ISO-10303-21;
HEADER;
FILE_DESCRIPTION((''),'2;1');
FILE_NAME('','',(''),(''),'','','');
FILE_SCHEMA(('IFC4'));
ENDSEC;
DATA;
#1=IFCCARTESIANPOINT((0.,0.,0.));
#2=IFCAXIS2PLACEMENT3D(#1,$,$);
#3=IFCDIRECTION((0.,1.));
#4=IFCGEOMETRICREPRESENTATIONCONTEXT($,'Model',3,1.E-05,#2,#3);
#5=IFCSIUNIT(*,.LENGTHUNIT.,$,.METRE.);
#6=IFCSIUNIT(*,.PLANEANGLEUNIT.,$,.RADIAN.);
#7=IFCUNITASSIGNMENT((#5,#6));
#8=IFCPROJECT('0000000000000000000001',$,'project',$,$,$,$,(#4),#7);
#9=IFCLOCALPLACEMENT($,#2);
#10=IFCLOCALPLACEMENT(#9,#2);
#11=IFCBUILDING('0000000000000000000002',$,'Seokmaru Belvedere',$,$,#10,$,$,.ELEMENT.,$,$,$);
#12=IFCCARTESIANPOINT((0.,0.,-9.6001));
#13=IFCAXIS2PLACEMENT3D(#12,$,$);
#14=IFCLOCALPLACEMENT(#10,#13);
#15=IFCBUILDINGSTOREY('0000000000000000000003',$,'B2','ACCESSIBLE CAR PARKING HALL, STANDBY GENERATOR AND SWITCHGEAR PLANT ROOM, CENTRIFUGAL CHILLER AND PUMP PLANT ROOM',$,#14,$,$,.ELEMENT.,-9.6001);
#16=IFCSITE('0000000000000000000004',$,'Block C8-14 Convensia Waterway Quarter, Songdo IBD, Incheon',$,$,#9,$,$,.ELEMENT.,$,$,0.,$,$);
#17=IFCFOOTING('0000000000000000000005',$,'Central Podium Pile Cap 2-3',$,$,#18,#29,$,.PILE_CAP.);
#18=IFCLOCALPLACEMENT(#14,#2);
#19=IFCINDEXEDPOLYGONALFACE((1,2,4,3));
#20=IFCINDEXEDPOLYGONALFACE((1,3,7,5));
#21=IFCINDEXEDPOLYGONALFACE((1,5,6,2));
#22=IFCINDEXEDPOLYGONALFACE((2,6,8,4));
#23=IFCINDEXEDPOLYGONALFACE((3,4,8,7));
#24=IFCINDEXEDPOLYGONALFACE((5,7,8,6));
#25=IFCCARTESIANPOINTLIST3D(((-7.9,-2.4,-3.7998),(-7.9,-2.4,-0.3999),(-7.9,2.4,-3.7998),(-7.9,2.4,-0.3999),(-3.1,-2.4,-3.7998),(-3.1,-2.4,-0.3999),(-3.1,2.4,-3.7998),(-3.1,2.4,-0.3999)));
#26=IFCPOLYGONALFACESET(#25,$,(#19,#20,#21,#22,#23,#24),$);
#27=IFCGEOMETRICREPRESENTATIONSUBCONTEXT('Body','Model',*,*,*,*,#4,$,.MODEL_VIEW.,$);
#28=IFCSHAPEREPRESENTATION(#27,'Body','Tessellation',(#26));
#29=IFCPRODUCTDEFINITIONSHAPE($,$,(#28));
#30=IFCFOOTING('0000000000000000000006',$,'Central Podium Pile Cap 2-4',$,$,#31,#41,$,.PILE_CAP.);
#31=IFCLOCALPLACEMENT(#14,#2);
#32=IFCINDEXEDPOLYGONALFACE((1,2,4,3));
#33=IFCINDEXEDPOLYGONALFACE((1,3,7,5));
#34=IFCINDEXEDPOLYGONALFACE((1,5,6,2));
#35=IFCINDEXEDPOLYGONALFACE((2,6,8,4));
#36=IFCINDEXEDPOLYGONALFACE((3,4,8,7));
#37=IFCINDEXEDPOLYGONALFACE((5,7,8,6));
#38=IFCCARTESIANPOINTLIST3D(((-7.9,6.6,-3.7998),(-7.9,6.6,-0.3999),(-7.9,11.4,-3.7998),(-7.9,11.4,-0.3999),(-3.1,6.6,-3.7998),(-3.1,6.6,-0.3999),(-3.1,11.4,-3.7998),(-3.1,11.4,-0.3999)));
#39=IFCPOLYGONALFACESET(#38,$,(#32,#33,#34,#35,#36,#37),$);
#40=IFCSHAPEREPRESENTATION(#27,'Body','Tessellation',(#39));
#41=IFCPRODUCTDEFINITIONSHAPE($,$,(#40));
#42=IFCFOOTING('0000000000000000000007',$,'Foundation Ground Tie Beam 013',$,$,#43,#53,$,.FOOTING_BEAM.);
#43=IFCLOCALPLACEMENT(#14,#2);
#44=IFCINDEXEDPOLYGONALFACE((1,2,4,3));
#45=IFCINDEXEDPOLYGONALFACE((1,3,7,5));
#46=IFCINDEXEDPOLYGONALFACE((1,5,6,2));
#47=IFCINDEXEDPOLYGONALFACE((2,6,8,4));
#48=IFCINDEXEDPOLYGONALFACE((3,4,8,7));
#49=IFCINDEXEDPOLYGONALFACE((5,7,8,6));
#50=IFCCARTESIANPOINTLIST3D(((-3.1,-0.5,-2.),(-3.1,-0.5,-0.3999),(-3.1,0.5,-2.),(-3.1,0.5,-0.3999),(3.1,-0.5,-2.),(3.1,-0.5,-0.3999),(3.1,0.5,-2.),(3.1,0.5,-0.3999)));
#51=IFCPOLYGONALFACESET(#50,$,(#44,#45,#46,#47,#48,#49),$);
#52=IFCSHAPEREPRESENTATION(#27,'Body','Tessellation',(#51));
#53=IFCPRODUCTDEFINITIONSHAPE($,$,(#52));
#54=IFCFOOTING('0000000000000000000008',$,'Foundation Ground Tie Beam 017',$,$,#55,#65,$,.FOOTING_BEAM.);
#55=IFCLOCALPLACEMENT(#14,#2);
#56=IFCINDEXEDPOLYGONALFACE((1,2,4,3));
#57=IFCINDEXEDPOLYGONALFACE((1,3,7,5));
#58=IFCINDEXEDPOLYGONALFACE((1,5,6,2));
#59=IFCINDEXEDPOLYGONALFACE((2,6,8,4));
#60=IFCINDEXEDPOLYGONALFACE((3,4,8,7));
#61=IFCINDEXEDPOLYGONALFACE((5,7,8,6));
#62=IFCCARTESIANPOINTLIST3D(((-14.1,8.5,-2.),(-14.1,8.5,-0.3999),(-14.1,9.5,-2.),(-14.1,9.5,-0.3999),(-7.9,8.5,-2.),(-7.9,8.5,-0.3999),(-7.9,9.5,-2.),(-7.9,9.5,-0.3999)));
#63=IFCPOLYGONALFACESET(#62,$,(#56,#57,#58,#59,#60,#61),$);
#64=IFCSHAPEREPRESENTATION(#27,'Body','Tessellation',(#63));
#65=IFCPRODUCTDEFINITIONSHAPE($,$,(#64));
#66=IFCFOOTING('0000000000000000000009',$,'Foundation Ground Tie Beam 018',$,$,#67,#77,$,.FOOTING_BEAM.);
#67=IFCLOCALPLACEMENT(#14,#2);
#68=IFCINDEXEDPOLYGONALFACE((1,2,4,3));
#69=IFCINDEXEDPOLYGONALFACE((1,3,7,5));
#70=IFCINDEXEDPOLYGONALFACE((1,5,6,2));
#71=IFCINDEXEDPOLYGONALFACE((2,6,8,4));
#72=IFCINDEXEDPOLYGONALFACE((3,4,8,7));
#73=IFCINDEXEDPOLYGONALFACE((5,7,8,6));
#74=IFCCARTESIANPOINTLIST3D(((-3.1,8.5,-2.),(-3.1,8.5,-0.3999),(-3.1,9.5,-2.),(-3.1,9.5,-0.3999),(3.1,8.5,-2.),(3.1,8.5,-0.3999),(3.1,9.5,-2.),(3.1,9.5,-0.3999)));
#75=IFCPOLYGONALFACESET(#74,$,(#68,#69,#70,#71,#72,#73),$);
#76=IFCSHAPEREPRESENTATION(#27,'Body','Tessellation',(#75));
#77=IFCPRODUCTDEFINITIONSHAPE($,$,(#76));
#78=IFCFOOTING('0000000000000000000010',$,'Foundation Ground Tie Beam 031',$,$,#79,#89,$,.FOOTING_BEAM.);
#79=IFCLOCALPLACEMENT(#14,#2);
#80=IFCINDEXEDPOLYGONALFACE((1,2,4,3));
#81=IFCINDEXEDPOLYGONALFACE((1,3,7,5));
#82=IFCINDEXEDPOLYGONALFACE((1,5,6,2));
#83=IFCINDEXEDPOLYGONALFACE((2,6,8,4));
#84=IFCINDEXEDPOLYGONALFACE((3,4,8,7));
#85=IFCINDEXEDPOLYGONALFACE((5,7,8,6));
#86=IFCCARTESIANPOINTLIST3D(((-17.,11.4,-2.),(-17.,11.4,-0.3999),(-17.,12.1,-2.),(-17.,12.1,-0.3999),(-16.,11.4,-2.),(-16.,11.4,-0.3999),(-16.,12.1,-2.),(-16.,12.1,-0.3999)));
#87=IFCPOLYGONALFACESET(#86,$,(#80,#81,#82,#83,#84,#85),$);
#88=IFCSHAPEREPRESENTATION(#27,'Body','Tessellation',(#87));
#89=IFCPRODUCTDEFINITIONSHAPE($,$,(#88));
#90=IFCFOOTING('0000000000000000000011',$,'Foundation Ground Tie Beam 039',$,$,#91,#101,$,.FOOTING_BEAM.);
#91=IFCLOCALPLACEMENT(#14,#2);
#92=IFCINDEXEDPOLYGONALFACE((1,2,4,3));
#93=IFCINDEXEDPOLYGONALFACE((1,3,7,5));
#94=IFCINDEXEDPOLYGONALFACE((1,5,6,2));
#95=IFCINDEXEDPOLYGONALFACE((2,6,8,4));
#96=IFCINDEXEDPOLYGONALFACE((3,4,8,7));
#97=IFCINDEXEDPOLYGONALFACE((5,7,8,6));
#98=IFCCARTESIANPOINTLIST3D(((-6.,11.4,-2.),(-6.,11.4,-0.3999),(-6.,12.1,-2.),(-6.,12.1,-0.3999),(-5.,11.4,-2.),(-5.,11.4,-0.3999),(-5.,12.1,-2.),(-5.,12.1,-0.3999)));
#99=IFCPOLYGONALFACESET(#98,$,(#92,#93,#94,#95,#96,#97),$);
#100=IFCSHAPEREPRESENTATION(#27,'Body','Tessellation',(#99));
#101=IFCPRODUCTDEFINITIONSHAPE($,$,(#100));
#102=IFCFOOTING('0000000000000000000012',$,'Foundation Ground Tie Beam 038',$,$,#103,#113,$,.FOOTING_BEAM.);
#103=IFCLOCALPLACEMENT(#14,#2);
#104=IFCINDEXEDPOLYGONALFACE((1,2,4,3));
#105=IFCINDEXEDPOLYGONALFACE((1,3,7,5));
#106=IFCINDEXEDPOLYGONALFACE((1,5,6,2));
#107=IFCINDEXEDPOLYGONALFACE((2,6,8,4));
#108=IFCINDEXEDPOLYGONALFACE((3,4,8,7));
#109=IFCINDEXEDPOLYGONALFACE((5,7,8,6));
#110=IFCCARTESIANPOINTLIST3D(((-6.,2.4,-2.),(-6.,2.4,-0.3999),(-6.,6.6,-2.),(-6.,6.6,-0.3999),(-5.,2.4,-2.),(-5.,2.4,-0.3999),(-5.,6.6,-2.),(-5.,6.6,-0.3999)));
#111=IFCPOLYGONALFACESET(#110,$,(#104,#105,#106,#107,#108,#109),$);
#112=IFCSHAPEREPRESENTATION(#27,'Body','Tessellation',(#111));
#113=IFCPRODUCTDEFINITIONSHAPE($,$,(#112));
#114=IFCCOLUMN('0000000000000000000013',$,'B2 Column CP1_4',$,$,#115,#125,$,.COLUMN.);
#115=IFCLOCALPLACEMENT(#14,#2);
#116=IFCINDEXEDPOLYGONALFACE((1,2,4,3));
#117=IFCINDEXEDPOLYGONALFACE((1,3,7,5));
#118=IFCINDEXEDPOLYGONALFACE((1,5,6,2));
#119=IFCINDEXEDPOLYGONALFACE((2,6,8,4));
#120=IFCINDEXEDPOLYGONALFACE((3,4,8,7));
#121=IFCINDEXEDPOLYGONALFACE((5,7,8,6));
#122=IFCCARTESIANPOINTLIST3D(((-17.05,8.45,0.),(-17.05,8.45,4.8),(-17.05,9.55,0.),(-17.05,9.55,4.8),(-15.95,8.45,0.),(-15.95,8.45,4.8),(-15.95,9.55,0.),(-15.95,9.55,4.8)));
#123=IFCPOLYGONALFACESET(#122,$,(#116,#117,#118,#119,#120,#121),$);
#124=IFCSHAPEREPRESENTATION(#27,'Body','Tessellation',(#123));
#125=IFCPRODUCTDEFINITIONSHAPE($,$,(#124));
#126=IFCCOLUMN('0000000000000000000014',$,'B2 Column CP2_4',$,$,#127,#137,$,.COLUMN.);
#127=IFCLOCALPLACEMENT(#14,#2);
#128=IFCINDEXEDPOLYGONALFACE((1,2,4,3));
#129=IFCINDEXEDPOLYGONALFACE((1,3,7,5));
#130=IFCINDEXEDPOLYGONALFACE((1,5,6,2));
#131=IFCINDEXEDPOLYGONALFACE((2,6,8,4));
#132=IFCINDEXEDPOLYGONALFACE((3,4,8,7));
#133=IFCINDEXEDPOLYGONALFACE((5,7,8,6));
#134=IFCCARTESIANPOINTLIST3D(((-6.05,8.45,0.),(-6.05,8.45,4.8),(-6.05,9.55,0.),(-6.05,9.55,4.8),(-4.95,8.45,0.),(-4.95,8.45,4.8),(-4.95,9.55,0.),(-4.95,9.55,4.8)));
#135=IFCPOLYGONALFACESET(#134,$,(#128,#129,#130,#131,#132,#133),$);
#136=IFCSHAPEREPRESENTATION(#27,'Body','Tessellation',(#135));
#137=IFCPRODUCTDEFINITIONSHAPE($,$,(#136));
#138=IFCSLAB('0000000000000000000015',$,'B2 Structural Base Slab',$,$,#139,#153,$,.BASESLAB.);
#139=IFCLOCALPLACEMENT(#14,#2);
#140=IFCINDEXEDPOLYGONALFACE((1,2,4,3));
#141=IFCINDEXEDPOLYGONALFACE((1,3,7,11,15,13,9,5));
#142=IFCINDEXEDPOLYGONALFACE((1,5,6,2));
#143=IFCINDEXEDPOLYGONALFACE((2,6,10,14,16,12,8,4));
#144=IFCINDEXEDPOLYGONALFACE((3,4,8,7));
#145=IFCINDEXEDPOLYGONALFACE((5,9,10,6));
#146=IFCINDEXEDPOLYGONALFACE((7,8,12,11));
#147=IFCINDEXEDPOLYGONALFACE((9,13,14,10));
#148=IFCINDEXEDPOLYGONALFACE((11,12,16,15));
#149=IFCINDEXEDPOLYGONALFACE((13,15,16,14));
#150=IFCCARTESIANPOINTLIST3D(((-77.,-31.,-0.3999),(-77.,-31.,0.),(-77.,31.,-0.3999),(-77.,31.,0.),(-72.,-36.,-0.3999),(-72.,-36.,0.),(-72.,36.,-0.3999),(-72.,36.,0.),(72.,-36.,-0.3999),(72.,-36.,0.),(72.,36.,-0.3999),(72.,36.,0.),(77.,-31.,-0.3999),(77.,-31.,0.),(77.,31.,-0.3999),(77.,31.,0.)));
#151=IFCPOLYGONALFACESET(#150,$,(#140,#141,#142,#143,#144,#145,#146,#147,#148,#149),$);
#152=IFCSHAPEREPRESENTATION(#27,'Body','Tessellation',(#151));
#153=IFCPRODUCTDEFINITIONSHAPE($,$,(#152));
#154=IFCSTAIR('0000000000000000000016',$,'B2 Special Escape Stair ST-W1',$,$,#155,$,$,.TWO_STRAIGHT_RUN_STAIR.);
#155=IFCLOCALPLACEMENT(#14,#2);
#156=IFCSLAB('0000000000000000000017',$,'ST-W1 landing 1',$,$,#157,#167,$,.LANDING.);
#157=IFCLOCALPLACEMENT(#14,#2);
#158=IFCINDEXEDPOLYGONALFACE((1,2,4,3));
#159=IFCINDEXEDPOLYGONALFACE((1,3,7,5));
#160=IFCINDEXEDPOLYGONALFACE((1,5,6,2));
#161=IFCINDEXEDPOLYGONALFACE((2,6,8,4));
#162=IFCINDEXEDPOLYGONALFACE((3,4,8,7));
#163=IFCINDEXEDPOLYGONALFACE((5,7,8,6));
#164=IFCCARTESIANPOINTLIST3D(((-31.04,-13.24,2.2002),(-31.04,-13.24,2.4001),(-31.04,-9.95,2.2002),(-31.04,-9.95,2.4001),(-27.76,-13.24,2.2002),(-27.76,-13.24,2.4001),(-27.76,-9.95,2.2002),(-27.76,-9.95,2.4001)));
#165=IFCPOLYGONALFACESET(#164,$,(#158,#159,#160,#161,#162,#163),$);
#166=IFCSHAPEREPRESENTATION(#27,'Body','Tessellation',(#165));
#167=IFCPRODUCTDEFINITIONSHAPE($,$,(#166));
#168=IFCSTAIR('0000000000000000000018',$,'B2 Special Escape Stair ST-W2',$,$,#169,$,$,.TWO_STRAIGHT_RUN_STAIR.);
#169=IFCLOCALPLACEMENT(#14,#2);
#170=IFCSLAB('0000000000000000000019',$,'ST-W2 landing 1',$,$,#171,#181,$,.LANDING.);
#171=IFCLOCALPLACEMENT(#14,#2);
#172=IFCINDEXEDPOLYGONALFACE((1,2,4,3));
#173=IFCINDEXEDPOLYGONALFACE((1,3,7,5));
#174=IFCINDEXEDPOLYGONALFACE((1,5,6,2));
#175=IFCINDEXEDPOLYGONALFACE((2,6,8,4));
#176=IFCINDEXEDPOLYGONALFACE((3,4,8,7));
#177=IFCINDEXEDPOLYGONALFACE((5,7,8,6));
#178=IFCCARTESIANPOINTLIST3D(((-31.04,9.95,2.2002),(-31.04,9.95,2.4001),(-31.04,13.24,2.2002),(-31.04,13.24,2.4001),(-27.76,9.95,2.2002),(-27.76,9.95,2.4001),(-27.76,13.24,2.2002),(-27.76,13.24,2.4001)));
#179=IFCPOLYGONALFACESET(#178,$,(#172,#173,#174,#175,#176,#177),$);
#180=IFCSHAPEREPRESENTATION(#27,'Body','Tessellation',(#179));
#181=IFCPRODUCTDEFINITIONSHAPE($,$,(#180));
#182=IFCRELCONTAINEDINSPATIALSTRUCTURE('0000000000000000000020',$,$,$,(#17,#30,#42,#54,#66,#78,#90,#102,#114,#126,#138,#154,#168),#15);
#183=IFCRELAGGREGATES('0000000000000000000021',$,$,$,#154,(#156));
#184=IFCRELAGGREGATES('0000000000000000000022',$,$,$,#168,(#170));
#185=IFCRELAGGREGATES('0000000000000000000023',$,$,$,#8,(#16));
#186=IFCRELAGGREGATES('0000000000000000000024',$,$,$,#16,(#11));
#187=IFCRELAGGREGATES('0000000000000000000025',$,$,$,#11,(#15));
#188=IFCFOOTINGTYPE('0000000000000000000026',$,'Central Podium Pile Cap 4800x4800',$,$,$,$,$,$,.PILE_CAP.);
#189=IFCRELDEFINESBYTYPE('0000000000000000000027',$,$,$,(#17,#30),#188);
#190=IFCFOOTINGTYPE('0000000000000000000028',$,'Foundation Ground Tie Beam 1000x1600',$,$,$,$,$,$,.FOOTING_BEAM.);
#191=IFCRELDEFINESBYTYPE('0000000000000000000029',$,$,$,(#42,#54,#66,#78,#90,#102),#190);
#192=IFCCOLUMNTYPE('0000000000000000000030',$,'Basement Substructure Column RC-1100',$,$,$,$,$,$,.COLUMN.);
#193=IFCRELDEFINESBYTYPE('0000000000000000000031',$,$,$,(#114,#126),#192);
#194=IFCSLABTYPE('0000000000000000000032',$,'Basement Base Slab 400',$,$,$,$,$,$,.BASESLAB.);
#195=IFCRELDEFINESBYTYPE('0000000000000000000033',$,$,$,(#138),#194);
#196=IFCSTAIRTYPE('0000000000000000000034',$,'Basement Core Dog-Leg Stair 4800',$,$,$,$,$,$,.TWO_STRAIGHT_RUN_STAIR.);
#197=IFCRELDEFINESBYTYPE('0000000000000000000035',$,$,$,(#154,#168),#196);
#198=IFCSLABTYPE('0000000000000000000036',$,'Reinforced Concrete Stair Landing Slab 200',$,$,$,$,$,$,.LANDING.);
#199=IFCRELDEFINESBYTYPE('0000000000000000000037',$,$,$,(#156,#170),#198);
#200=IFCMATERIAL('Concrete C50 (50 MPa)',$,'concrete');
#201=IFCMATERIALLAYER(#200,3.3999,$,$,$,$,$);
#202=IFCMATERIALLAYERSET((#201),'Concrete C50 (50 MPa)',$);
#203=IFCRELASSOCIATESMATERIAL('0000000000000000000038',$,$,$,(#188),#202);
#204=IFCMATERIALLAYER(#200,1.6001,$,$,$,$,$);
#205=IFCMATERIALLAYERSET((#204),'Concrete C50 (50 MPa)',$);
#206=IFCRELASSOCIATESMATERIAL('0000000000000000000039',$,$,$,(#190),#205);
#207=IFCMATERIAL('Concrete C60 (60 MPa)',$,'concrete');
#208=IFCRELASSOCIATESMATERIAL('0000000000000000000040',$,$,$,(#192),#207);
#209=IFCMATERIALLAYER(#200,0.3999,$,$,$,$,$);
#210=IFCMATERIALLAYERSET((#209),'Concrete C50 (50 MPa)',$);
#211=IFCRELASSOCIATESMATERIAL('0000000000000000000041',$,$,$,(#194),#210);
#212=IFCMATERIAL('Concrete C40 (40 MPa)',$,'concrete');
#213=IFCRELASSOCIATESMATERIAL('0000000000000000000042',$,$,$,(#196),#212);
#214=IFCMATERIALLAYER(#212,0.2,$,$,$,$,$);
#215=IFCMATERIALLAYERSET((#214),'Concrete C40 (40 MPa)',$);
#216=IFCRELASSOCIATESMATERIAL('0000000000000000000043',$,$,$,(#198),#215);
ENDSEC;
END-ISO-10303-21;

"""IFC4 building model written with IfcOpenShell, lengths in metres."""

from ifc_helpers import new_model, si_unit, direction, frame, origin, origin_2d, place, context, subcontext, project, spatial, polyline, rectangle, outline, extrude, source, transform, mapped, material, layer, layer_set, material_profile, profile_set, type_object, type_shapes, element, aggregate, save


model = new_model("IFC4")

# Units and contexts
model_context = context("Model", 3, precision=1e-05, world=origin(), true_north=direction((0.0, 1.0)))
body_context = subcontext(model_context, "Body", "Model", "MODEL_VIEW")
ifc_project = project(units=[si_unit("LENGTHUNIT", "METRE"), si_unit("PLANEANGLEUNIT", "RADIAN")], contexts=[model_context])

# Site, building, storey
site_placement = place(None, origin())
site = spatial("IfcSite", under=ifc_project, at=site_placement, Name="Block C8-14 Convensia Waterway Quarter, Songdo IBD, Incheon", CompositionType="ELEMENT", RefElevation=0.0)
building_placement = place(site_placement, origin())
building = spatial("IfcBuilding", under=site, at=building_placement, Name="Seokmaru Belvedere", CompositionType="ELEMENT")
storey_placement = place(building_placement, frame((0.0, 0.0, -9.6001)))
storey = spatial("IfcBuildingStorey", under=building, at=storey_placement, Name="B2", Description="ACCESSIBLE CAR PARKING HALL, STANDBY GENERATOR AND SWITCHGEAR PLANT ROOM, CENTRIFUGAL CHILLER AND PUMP PLANT ROOM", CompositionType="ELEMENT", Elevation=-9.6001)

# Shared definitions
ifc_material_1 = material(Name="Concrete C50 (50 MPa)", Category="concrete")

# Footings
ifc_layer_1 = layer(ifc_material_1, 3.3999)
ifc_layer_set_1 = layer_set([ifc_layer_1], Name="Concrete C50 (50 MPa)")
footing_type_1 = type_object("IfcFootingType", Name="Central Podium Pile Cap 4800x4800", PredefinedType="PILE_CAP", material=ifc_layer_set_1)
shared_shape_1 = source(origin(), body_context, "Body", "SweptSolid", [
    extrude(rectangle(XDim=4.8, YDim=4.8, at=origin_2d()), origin(), (0.0, 0.0, 1.0), 3.3999),
])
type_shapes(footing_type_1, [shared_shape_1])
for number, where, z_axis, x_axis, name in (
    (1, (-5.5, 0.0, -3.7998), (0.0, 0.0, 1.0), (1.0, 0.0, 0.0), "Central Podium Pile Cap 2-3"),
    (2, (-5.5, 9.0, -3.7998), (0.0, 0.0, 1.0), (1.0, 0.0, 0.0), "Central Podium Pile Cap 2-4"),
):
    element("IfcFooting", number, at=place(storey_placement, frame(where, z_axis=z_axis, x_axis=x_axis)), inside=storey, type_object=footing_type_1, Name=name, PredefinedType="PILE_CAP", context=body_context, shape_type="MappedRepresentation", body=[
        mapped(shared_shape_1, transform((0.0, 0.0, 0.0), scale=1.0)),
    ])
ifc_layer_2 = layer(ifc_material_1, 1.6001)
ifc_layer_set_2 = layer_set([ifc_layer_2], Name="Concrete C50 (50 MPa)")
footing_type_2 = type_object("IfcFootingType", Name="Foundation Ground Tie Beam 1000x1600", PredefinedType="FOOTING_BEAM", material=ifc_layer_set_2)
shared_shape_2 = source(origin(), body_context, "Body", "SweptSolid", [
    extrude(rectangle(XDim=6.2, YDim=1.0, at=origin_2d()), origin(), (0.0, 0.0, 1.0), 1.6001),
])
for number, where, z_axis, x_axis, name in (
    (3, (0.0, 0.0, -2.0), (0.0, 0.0, 1.0), (1.0, 0.0, 0.0), "Foundation Ground Tie Beam 013"),
    (4, (-11.0, 9.0, -2.0), (0.0, 0.0, 1.0), (1.0, 0.0, 0.0), "Foundation Ground Tie Beam 017"),
    (5, (0.0, 9.0, -2.0), (0.0, 0.0, 1.0), (1.0, 0.0, 0.0), "Foundation Ground Tie Beam 018"),
):
    element("IfcFooting", number, at=place(storey_placement, frame(where, z_axis=z_axis, x_axis=x_axis)), inside=storey, type_object=footing_type_2, Name=name, PredefinedType="FOOTING_BEAM", context=body_context, shape_type="MappedRepresentation", body=[
        mapped(shared_shape_2, transform((0.0, 0.0, 0.0), scale=1.0)),
    ])
shared_shape_3 = source(origin(), body_context, "Body", "SweptSolid", [
    extrude(rectangle(XDim=1.0, YDim=0.7, at=origin_2d()), origin(), (0.0, 0.0, 1.0), 1.6001),
])
for number, where, z_axis, x_axis, name in (
    (6, (-16.5, 11.75, -2.0), (0.0, 0.0, 1.0), (1.0, 0.0, 0.0), "Foundation Ground Tie Beam 031"),
    (7, (-5.5, 11.75, -2.0), (0.0, 0.0, 1.0), (1.0, 0.0, 0.0), "Foundation Ground Tie Beam 039"),
):
    element("IfcFooting", number, at=place(storey_placement, frame(where, z_axis=z_axis, x_axis=x_axis)), inside=storey, type_object=footing_type_2, Name=name, PredefinedType="FOOTING_BEAM", context=body_context, shape_type="MappedRepresentation", body=[
        mapped(shared_shape_3, transform((0.0, 0.0, 0.0), scale=1.0)),
    ])
shared_shape_4 = source(origin(), body_context, "Body", "SweptSolid", [
    extrude(rectangle(XDim=1.0, YDim=4.2, at=origin_2d()), origin(), (0.0, 0.0, 1.0), 1.6001),
])
type_shapes(footing_type_2, [shared_shape_2, shared_shape_3, shared_shape_4])
footing_placement = place(storey_placement, frame((-5.5, 4.5, -2.0), z_axis=(0.0, 0.0, 1.0), x_axis=(1.0, 0.0, 0.0)))
element("IfcFooting", 8, at=footing_placement, inside=storey, type_object=footing_type_2, Name="Foundation Ground Tie Beam 038", PredefinedType="FOOTING_BEAM", context=body_context, shape_type="MappedRepresentation", body=[
    mapped(shared_shape_4, transform((0.0, 0.0, 0.0), scale=1.0)),
])

# Columns
ifc_material_2 = material(Name="Concrete C60 (60 MPa)", Category="concrete")
ifc_material_profile_1 = material_profile(ifc_material_2, rectangle(XDim=1.1001, YDim=1.1001, at=origin_2d()), Name="RC-1100x1100")
ifc_profile_set_1 = profile_set([ifc_material_profile_1], Name="Concrete C60 (60 MPa)")
column_type = type_object("IfcColumnType", Name="Basement Substructure Column RC-1100", PredefinedType="COLUMN", material=ifc_profile_set_1)
shared_shape_5 = source(origin(), body_context, "Body", "SweptSolid", [
    extrude(rectangle(XDim=1.1001, YDim=1.1001, at=origin_2d()), origin(), (0.0, 0.0, 1.0), 4.8),
])
type_shapes(column_type, [shared_shape_5])
for number, where, z_axis, x_axis, name in (
    (9, (-16.5, 9.0, 0.0), (0.0, 0.0, 1.0), (1.0, 0.0, 0.0), "B2 Column CP1_4"),
    (10, (-5.5, 9.0, 0.0), (0.0, 0.0, 1.0), (1.0, 0.0, 0.0), "B2 Column CP2_4"),
):
    element("IfcColumn", number, at=place(storey_placement, frame(where, z_axis=z_axis, x_axis=x_axis)), inside=storey, type_object=column_type, Name=name, PredefinedType="COLUMN", context=body_context, shape_type="MappedRepresentation", body=[
        mapped(shared_shape_5, transform((0.0, 0.0, 0.0), scale=1.0)),
    ])

# Slab
ifc_layer_3 = layer(ifc_material_1, 0.3999)
ifc_layer_set_3 = layer_set([ifc_layer_3], Name="Concrete C50 (50 MPa)")
slab_type_1 = type_object("IfcSlabType", Name="Basement Base Slab 400", PredefinedType="BASESLAB", material=ifc_layer_set_3)
slab_1_placement = place(storey_placement, frame((0.0, 0.0, -0.3999)))
element("IfcSlab", 11, at=slab_1_placement, inside=storey, type_object=slab_type_1, Name="B2 Structural Base Slab", PredefinedType="BASESLAB", context=body_context, shape_type="SweptSolid", body=[
    extrude(outline(polyline([(-72.0, -36.0), (72.0, -36.0), (77.0, -31.0), (77.0, 31.0), (72.0, 36.0), (-72.0, 36.0), (-77.0, 31.0), (-77.0, -31.0), (-72.0, -36.0)])), origin(), (0.0, 0.0, 1.0), 0.3999),
])

# Stairs, slabs
ifc_material_3 = material(Name="Concrete C40 (40 MPa)", Category="concrete")
stair_type = type_object("IfcStairType", Name="Basement Core Dog-Leg Stair 4800", PredefinedType="TWO_STRAIGHT_RUN_STAIR", material=ifc_material_3)
stair_1_placement = place(storey_placement, origin())
stair_1 = element("IfcStair", 12, at=stair_1_placement, inside=storey, type_object=stair_type, Name="B2 Special Escape Stair ST-W1", PredefinedType="TWO_STRAIGHT_RUN_STAIR")
ifc_layer_4 = layer(ifc_material_3, 0.2)
ifc_layer_set_4 = layer_set([ifc_layer_4], Name="Concrete C40 (40 MPa)")
slab_type_2 = type_object("IfcSlabType", Name="Reinforced Concrete Stair Landing Slab 200", PredefinedType="LANDING", material=ifc_layer_set_4)
slab_2_placement = place(storey_placement, frame((0.0, 0.0, 2.2002)))
slab_2 = element("IfcSlab", 13, at=slab_2_placement, type_object=slab_type_2, Name="ST-W1 landing 1", PredefinedType="LANDING", context=body_context, shape_type="SweptSolid", body=[
    extrude(outline(polyline([(-31.04, -13.24), (-27.76, -13.24), (-27.76, -9.95), (-31.04, -9.95), (-31.04, -13.24)])), origin(), (0.0, 0.0, 1.0), 0.2),
])
aggregate(stair_1, [slab_2])
stair_2_placement = place(storey_placement, origin())
stair_2 = element("IfcStair", 14, at=stair_2_placement, inside=storey, type_object=stair_type, Name="B2 Special Escape Stair ST-W2", PredefinedType="TWO_STRAIGHT_RUN_STAIR")
slab_3_placement = place(storey_placement, frame((0.0, 0.0, 2.2002)))
slab_3 = element("IfcSlab", 15, at=slab_3_placement, type_object=slab_type_2, Name="ST-W2 landing 1", PredefinedType="LANDING", context=body_context, shape_type="SweptSolid", body=[
    extrude(outline(polyline([(-31.04, 9.95), (-27.76, 9.95), (-27.76, 13.24), (-31.04, 13.24), (-31.04, 9.95)])), origin(), (0.0, 0.0, 1.0), 0.2),
])
aggregate(stair_2, [slab_3])

save(model, "model.ifc")
